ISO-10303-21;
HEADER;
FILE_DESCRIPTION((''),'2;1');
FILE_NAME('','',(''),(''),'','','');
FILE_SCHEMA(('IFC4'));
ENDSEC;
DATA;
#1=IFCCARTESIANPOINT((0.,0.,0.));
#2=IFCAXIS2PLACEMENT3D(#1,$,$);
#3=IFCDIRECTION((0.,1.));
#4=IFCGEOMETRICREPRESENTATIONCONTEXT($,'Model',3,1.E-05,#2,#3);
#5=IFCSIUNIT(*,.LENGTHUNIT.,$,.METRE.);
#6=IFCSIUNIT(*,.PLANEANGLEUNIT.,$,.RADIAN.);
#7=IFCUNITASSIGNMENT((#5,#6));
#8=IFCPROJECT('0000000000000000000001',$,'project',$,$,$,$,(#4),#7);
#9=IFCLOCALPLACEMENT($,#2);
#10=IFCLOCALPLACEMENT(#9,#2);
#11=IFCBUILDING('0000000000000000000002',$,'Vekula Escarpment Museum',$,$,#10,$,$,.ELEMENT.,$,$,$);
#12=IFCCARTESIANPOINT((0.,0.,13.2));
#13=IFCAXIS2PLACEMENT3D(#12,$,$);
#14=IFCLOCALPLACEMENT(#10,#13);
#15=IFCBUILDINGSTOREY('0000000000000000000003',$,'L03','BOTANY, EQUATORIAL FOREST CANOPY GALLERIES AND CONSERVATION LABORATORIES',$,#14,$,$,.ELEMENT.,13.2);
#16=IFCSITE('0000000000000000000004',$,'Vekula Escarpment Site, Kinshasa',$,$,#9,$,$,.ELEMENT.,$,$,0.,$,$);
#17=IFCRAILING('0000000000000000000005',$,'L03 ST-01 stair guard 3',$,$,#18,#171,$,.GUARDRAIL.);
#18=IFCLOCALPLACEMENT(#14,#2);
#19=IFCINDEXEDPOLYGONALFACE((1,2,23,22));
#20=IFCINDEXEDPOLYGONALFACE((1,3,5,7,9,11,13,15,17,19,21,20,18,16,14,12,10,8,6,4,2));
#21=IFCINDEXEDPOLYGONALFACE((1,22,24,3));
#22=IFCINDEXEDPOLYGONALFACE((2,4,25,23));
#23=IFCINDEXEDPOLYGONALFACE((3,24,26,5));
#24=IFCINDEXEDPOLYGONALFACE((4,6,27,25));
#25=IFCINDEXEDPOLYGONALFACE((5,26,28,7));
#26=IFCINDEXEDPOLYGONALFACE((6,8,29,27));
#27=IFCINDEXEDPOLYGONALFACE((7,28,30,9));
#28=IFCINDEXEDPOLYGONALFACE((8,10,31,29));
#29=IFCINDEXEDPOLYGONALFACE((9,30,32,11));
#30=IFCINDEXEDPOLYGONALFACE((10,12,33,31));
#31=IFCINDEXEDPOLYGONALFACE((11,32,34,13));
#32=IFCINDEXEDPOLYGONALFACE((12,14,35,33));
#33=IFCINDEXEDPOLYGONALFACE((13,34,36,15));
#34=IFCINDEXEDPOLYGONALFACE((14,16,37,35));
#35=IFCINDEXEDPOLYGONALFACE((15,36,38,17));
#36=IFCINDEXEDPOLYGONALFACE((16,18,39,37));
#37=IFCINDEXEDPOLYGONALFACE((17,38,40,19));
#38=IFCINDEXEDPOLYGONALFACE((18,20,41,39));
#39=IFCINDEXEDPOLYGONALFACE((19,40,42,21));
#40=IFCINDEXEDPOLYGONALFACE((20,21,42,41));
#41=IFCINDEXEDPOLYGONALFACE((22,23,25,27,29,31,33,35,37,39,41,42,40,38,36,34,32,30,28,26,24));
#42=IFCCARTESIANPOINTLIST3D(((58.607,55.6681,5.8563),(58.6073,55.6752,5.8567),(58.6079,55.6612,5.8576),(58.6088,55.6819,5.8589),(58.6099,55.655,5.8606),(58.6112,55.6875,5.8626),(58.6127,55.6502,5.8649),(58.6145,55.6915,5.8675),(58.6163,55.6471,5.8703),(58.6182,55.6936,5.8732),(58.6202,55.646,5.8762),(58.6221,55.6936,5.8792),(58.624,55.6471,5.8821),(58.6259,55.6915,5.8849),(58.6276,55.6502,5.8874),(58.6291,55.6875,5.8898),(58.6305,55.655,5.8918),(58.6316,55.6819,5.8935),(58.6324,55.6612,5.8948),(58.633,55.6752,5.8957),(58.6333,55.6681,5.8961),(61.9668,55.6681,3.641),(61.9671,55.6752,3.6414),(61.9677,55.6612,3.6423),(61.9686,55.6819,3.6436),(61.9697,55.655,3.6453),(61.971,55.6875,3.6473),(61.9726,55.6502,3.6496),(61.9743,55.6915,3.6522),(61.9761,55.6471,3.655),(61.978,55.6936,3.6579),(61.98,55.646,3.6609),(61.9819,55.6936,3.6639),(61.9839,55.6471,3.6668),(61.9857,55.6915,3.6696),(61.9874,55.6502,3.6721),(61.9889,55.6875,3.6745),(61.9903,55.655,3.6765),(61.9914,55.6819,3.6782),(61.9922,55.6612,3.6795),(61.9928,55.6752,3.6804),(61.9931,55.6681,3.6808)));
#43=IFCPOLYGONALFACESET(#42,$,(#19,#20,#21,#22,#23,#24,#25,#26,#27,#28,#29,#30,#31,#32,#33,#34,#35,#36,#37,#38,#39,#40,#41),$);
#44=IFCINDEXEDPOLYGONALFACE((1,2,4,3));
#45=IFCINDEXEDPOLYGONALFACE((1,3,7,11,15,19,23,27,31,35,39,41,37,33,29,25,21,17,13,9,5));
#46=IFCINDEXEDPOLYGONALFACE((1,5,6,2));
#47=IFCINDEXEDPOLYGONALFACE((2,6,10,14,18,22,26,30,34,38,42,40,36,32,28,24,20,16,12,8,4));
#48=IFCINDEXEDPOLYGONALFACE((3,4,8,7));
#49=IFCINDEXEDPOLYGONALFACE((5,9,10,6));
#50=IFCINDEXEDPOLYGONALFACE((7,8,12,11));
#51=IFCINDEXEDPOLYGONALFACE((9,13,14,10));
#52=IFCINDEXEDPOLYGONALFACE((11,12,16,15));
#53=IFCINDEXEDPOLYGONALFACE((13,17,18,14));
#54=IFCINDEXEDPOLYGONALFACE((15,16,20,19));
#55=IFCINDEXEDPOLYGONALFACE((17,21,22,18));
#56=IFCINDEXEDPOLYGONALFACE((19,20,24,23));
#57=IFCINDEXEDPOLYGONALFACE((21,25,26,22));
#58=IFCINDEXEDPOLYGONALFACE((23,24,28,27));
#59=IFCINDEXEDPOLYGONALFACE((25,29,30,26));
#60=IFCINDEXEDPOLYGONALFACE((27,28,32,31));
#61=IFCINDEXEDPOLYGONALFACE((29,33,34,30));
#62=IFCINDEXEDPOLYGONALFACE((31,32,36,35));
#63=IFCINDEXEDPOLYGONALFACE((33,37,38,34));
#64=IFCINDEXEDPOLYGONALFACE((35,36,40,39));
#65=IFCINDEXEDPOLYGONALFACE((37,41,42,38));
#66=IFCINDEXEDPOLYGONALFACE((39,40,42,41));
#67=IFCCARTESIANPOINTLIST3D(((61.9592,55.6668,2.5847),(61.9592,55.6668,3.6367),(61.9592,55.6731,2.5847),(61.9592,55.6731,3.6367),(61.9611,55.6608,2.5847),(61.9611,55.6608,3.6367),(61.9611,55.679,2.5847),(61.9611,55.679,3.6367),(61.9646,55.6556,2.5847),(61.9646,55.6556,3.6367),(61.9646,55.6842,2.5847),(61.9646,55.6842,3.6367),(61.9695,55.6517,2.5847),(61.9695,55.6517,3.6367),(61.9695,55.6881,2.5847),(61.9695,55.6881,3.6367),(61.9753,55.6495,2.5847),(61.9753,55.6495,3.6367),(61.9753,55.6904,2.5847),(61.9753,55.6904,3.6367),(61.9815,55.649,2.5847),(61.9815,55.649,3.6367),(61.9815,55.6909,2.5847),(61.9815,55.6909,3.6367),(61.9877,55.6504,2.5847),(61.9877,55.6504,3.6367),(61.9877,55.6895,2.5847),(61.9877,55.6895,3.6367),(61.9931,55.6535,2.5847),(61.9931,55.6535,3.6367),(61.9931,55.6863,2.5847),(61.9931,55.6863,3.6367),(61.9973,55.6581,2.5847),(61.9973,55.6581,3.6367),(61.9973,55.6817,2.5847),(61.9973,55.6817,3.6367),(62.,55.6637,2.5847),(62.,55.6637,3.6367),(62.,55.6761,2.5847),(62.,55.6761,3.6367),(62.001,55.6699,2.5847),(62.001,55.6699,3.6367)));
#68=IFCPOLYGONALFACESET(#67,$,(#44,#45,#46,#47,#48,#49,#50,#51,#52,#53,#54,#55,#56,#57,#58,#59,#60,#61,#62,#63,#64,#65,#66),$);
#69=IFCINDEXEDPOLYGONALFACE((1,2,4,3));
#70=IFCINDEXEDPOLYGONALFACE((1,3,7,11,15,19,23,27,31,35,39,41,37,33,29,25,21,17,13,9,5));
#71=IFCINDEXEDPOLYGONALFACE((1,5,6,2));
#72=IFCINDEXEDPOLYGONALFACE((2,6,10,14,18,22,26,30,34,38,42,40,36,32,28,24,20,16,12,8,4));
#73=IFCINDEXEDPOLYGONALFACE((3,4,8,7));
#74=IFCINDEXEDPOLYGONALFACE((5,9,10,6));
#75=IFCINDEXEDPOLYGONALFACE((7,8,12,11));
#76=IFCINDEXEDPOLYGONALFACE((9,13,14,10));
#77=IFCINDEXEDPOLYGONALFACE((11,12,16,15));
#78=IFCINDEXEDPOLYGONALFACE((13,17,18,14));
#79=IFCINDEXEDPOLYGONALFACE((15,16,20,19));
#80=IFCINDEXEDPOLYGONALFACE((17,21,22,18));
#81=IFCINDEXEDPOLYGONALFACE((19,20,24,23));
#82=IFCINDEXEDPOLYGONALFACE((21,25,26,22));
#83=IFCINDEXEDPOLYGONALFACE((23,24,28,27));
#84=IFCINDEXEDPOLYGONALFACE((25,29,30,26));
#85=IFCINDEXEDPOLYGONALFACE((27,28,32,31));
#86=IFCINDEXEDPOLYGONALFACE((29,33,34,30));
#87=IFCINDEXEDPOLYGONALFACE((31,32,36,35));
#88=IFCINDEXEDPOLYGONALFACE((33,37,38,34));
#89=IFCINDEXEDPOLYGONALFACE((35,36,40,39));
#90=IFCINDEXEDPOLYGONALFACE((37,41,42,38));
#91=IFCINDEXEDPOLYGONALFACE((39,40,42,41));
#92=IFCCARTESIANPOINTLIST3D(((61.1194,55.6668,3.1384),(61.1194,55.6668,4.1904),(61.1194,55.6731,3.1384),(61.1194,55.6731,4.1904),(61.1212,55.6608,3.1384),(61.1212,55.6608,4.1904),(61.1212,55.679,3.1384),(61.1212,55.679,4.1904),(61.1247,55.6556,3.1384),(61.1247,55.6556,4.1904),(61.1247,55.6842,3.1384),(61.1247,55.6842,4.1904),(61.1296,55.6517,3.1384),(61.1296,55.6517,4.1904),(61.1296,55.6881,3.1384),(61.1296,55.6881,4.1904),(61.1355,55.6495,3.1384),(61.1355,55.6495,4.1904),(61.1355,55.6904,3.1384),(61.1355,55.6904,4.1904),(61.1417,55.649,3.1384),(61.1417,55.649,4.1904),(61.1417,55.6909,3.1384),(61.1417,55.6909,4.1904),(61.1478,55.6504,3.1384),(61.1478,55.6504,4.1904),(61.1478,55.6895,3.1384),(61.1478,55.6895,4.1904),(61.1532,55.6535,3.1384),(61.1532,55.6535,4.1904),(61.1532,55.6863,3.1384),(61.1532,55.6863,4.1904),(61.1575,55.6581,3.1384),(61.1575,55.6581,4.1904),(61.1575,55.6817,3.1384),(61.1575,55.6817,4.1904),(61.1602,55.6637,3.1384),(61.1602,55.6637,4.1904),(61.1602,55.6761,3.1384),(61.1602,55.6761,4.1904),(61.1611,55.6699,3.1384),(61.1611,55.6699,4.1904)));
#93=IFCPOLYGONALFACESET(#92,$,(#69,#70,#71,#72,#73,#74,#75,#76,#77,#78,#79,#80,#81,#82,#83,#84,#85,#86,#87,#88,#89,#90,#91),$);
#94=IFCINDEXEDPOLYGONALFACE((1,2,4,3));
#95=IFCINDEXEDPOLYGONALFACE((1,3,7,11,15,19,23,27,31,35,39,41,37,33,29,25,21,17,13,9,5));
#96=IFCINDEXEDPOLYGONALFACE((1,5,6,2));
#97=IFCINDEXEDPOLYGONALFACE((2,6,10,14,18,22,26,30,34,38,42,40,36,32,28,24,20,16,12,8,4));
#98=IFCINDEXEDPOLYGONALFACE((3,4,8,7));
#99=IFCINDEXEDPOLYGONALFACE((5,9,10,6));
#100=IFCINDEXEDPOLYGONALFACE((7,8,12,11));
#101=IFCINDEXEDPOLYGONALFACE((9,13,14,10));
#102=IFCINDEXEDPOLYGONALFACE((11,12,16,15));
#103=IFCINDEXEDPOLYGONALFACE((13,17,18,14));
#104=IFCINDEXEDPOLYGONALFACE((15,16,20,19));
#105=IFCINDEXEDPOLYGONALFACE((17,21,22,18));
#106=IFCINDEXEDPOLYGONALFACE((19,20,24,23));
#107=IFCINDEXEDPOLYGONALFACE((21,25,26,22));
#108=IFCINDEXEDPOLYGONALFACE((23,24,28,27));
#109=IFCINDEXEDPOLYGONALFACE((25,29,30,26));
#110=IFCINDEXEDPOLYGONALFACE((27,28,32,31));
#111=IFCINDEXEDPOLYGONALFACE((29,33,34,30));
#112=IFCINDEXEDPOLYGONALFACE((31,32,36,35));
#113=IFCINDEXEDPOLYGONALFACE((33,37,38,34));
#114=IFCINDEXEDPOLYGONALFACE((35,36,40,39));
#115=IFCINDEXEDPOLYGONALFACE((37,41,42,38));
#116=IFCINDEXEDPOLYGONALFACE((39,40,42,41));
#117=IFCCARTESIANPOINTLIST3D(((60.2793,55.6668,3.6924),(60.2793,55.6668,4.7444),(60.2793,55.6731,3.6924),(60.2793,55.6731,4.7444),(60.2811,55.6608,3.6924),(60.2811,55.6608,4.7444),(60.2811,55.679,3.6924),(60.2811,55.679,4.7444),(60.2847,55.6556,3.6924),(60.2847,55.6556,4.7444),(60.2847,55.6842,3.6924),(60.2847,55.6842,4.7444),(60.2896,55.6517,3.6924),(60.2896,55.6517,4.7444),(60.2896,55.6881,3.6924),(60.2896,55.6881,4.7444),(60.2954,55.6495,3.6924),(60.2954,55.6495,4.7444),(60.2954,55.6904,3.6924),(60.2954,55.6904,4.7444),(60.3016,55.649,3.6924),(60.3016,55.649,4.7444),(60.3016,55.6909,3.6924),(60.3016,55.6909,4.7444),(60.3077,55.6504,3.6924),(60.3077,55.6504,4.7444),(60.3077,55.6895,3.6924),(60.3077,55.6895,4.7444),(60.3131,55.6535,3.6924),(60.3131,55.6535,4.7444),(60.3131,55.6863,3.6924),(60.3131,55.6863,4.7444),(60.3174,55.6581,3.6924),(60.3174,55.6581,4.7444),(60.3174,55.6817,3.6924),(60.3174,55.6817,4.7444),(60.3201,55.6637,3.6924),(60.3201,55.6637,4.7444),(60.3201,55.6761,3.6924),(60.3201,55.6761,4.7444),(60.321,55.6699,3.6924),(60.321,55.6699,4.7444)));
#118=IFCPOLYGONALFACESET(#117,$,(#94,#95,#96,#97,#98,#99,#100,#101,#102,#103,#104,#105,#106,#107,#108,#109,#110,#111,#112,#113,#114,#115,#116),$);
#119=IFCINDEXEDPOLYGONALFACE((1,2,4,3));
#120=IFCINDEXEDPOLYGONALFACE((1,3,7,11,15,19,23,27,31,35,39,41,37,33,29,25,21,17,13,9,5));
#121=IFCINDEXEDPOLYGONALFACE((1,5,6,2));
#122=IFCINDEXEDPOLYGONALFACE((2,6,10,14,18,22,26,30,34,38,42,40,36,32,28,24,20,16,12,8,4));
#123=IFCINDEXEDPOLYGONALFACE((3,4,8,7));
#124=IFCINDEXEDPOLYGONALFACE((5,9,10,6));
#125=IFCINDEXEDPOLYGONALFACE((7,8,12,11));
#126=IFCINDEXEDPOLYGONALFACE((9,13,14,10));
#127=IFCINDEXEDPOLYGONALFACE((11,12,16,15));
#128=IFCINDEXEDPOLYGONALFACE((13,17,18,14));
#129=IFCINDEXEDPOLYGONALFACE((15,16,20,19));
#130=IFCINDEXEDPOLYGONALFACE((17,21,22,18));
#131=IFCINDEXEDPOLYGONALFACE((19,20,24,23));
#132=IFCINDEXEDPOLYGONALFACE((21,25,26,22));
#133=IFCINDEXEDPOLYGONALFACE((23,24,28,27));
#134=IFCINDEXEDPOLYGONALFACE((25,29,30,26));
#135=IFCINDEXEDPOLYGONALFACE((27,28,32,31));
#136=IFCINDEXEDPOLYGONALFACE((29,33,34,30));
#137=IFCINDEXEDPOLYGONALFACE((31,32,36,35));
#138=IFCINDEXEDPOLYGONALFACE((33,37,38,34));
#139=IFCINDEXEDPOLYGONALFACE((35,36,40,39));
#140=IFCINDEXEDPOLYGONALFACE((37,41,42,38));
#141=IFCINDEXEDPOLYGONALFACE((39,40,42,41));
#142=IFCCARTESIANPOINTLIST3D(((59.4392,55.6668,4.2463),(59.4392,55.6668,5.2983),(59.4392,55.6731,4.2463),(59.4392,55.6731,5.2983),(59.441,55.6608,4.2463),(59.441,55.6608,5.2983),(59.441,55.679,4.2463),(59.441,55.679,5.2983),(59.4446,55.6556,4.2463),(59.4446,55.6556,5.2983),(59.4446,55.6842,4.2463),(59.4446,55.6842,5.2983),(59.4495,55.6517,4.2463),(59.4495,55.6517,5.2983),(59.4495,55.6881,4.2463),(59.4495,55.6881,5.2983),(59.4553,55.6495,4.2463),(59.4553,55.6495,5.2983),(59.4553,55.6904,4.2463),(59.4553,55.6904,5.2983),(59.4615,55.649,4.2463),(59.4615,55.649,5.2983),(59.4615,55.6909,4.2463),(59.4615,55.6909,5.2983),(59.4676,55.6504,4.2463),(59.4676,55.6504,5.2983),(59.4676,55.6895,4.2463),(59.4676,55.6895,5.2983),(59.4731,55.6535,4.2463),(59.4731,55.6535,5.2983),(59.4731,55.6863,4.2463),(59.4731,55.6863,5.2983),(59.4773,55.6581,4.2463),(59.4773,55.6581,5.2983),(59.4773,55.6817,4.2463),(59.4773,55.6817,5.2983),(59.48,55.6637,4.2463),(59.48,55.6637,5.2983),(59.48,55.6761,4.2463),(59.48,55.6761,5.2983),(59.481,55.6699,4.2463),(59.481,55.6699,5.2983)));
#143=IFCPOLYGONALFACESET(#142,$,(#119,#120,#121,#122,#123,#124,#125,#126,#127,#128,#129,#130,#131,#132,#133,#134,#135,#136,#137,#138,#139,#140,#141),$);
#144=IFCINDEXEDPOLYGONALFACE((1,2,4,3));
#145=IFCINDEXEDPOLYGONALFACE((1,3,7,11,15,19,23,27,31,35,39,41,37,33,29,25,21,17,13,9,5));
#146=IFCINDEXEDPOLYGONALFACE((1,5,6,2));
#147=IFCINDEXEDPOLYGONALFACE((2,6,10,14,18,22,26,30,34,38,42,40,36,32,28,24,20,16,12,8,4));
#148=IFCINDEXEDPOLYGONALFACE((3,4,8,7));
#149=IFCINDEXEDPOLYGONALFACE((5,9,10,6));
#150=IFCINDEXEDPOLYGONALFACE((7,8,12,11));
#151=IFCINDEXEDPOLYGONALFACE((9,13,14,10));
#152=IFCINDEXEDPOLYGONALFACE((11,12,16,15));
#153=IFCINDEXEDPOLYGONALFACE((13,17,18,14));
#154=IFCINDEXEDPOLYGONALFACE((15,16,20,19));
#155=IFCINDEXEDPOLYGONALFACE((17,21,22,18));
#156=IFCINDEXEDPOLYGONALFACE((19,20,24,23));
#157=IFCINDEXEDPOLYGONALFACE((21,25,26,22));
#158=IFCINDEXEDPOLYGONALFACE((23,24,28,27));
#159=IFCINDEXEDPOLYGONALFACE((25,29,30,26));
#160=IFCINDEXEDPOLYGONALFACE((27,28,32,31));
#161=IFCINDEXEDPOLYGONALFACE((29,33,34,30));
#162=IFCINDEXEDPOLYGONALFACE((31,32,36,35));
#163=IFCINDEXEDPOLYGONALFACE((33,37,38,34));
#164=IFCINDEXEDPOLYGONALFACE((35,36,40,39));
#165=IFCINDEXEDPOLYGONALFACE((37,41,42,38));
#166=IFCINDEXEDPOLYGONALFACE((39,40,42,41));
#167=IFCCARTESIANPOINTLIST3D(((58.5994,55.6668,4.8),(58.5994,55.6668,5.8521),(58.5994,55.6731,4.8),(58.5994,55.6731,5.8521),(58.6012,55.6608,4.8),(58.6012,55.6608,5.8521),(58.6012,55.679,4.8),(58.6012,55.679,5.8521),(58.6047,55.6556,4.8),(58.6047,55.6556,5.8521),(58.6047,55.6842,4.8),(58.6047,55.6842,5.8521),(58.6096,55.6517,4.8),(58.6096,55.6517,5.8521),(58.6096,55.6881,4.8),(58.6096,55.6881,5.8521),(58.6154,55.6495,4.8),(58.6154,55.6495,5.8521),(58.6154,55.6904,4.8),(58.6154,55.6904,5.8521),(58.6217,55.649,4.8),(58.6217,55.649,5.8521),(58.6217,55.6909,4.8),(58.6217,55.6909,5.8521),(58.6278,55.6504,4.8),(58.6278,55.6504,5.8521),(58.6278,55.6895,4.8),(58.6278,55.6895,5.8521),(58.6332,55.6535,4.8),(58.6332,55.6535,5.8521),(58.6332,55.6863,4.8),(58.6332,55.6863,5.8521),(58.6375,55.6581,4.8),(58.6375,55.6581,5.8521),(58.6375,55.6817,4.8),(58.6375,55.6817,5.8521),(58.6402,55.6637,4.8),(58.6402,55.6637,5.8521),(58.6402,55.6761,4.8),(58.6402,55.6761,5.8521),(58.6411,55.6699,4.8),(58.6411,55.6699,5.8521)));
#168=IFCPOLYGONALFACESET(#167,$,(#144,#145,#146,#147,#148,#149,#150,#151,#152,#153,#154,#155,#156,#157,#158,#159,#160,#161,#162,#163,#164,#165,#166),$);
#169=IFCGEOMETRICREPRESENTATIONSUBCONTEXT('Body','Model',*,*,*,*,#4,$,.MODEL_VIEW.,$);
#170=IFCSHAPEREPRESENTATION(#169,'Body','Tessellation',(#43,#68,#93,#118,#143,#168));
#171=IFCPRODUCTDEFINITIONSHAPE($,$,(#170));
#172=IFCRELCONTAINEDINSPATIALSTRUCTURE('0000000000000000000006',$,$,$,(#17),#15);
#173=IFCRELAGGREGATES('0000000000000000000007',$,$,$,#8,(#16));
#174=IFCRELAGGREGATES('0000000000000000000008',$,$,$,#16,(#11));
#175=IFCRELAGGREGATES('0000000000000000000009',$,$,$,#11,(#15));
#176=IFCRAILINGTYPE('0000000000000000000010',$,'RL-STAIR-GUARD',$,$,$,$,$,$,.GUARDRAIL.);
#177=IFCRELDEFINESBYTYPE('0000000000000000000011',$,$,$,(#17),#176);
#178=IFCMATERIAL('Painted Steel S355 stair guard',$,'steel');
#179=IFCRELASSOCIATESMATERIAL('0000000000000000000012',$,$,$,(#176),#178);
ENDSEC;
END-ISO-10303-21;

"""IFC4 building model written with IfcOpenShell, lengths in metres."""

from ifc_helpers import new_model, si_unit, direction, frame, origin, origin_2d, place, context, subcontext, project, spatial, circle, extrude, material, type_object, element, save


model = new_model("IFC4")

# Units and contexts
model_context = context("Model", 3, precision=1e-05, world=origin(), true_north=direction((0.0, 1.0)))
body_context = subcontext(model_context, "Body", "Model", "MODEL_VIEW")
ifc_project = project(units=[si_unit("LENGTHUNIT", "METRE"), si_unit("PLANEANGLEUNIT", "RADIAN")], contexts=[model_context])

# Site, building, storey
site_placement = place(None, origin())
site = spatial("IfcSite", under=ifc_project, at=site_placement, Name="Vekula Escarpment Site, Kinshasa", CompositionType="ELEMENT", RefElevation=0.0)
building_placement = place(site_placement, origin())
building = spatial("IfcBuilding", under=site, at=building_placement, Name="Vekula Escarpment Museum", CompositionType="ELEMENT")
storey_placement = place(building_placement, frame((0.0, 0.0, 13.2)))
storey = spatial("IfcBuildingStorey", under=building, at=storey_placement, Name="L03", Description="BOTANY, EQUATORIAL FOREST CANOPY GALLERIES AND CONSERVATION LABORATORIES", CompositionType="ELEMENT", Elevation=13.2)

# Railing
ifc_material_1 = material(Name="Painted Steel S355 stair guard", Category="steel")
railing_type_1 = type_object("IfcRailingType", Name="RL-STAIR-GUARD", PredefinedType="GUARDRAIL", material=ifc_material_1)
railing_1_placement = place(storey_placement, frame((61.98, 55.6699, 2.5847)))
element("IfcRailing", 1, at=railing_1_placement, inside=storey, type_object=railing_type_1, Name="L03 ST-01 stair guard 3", PredefinedType="GUARDRAIL", context=body_context, shape_type="SweptSolid", body=[
    extrude(circle(Radius=0.0239, at=origin_2d()), frame((0.0, 0.0, 1.0762), z_axis=(-0.834858, 0.0, 0.550465), x_axis=(0.0, -1.0, 0.0)), (0.0, 0.0, 1.0), 4.0244),
    extrude(circle(Radius=0.021, at=origin_2d()), origin(), (0.0, 0.0, 1.0), 1.052),
    extrude(circle(Radius=0.021, at=origin_2d()), frame((-0.8398, 0.0, 0.5537)), (0.0, 0.0, 1.0), 1.052),
    extrude(circle(Radius=0.021, at=origin_2d()), frame((-1.6799, 0.0, 1.1077)), (0.0, 0.0, 1.0), 1.052),
    extrude(circle(Radius=0.021, at=origin_2d()), frame((-2.52, 0.0, 1.6616)), (0.0, 0.0, 1.0), 1.052),
    extrude(circle(Radius=0.021, at=origin_2d()), frame((-3.3599, 0.0, 2.2153)), (0.0, 0.0, 1.0), 1.052),
])

save(model, "model.ifc")
